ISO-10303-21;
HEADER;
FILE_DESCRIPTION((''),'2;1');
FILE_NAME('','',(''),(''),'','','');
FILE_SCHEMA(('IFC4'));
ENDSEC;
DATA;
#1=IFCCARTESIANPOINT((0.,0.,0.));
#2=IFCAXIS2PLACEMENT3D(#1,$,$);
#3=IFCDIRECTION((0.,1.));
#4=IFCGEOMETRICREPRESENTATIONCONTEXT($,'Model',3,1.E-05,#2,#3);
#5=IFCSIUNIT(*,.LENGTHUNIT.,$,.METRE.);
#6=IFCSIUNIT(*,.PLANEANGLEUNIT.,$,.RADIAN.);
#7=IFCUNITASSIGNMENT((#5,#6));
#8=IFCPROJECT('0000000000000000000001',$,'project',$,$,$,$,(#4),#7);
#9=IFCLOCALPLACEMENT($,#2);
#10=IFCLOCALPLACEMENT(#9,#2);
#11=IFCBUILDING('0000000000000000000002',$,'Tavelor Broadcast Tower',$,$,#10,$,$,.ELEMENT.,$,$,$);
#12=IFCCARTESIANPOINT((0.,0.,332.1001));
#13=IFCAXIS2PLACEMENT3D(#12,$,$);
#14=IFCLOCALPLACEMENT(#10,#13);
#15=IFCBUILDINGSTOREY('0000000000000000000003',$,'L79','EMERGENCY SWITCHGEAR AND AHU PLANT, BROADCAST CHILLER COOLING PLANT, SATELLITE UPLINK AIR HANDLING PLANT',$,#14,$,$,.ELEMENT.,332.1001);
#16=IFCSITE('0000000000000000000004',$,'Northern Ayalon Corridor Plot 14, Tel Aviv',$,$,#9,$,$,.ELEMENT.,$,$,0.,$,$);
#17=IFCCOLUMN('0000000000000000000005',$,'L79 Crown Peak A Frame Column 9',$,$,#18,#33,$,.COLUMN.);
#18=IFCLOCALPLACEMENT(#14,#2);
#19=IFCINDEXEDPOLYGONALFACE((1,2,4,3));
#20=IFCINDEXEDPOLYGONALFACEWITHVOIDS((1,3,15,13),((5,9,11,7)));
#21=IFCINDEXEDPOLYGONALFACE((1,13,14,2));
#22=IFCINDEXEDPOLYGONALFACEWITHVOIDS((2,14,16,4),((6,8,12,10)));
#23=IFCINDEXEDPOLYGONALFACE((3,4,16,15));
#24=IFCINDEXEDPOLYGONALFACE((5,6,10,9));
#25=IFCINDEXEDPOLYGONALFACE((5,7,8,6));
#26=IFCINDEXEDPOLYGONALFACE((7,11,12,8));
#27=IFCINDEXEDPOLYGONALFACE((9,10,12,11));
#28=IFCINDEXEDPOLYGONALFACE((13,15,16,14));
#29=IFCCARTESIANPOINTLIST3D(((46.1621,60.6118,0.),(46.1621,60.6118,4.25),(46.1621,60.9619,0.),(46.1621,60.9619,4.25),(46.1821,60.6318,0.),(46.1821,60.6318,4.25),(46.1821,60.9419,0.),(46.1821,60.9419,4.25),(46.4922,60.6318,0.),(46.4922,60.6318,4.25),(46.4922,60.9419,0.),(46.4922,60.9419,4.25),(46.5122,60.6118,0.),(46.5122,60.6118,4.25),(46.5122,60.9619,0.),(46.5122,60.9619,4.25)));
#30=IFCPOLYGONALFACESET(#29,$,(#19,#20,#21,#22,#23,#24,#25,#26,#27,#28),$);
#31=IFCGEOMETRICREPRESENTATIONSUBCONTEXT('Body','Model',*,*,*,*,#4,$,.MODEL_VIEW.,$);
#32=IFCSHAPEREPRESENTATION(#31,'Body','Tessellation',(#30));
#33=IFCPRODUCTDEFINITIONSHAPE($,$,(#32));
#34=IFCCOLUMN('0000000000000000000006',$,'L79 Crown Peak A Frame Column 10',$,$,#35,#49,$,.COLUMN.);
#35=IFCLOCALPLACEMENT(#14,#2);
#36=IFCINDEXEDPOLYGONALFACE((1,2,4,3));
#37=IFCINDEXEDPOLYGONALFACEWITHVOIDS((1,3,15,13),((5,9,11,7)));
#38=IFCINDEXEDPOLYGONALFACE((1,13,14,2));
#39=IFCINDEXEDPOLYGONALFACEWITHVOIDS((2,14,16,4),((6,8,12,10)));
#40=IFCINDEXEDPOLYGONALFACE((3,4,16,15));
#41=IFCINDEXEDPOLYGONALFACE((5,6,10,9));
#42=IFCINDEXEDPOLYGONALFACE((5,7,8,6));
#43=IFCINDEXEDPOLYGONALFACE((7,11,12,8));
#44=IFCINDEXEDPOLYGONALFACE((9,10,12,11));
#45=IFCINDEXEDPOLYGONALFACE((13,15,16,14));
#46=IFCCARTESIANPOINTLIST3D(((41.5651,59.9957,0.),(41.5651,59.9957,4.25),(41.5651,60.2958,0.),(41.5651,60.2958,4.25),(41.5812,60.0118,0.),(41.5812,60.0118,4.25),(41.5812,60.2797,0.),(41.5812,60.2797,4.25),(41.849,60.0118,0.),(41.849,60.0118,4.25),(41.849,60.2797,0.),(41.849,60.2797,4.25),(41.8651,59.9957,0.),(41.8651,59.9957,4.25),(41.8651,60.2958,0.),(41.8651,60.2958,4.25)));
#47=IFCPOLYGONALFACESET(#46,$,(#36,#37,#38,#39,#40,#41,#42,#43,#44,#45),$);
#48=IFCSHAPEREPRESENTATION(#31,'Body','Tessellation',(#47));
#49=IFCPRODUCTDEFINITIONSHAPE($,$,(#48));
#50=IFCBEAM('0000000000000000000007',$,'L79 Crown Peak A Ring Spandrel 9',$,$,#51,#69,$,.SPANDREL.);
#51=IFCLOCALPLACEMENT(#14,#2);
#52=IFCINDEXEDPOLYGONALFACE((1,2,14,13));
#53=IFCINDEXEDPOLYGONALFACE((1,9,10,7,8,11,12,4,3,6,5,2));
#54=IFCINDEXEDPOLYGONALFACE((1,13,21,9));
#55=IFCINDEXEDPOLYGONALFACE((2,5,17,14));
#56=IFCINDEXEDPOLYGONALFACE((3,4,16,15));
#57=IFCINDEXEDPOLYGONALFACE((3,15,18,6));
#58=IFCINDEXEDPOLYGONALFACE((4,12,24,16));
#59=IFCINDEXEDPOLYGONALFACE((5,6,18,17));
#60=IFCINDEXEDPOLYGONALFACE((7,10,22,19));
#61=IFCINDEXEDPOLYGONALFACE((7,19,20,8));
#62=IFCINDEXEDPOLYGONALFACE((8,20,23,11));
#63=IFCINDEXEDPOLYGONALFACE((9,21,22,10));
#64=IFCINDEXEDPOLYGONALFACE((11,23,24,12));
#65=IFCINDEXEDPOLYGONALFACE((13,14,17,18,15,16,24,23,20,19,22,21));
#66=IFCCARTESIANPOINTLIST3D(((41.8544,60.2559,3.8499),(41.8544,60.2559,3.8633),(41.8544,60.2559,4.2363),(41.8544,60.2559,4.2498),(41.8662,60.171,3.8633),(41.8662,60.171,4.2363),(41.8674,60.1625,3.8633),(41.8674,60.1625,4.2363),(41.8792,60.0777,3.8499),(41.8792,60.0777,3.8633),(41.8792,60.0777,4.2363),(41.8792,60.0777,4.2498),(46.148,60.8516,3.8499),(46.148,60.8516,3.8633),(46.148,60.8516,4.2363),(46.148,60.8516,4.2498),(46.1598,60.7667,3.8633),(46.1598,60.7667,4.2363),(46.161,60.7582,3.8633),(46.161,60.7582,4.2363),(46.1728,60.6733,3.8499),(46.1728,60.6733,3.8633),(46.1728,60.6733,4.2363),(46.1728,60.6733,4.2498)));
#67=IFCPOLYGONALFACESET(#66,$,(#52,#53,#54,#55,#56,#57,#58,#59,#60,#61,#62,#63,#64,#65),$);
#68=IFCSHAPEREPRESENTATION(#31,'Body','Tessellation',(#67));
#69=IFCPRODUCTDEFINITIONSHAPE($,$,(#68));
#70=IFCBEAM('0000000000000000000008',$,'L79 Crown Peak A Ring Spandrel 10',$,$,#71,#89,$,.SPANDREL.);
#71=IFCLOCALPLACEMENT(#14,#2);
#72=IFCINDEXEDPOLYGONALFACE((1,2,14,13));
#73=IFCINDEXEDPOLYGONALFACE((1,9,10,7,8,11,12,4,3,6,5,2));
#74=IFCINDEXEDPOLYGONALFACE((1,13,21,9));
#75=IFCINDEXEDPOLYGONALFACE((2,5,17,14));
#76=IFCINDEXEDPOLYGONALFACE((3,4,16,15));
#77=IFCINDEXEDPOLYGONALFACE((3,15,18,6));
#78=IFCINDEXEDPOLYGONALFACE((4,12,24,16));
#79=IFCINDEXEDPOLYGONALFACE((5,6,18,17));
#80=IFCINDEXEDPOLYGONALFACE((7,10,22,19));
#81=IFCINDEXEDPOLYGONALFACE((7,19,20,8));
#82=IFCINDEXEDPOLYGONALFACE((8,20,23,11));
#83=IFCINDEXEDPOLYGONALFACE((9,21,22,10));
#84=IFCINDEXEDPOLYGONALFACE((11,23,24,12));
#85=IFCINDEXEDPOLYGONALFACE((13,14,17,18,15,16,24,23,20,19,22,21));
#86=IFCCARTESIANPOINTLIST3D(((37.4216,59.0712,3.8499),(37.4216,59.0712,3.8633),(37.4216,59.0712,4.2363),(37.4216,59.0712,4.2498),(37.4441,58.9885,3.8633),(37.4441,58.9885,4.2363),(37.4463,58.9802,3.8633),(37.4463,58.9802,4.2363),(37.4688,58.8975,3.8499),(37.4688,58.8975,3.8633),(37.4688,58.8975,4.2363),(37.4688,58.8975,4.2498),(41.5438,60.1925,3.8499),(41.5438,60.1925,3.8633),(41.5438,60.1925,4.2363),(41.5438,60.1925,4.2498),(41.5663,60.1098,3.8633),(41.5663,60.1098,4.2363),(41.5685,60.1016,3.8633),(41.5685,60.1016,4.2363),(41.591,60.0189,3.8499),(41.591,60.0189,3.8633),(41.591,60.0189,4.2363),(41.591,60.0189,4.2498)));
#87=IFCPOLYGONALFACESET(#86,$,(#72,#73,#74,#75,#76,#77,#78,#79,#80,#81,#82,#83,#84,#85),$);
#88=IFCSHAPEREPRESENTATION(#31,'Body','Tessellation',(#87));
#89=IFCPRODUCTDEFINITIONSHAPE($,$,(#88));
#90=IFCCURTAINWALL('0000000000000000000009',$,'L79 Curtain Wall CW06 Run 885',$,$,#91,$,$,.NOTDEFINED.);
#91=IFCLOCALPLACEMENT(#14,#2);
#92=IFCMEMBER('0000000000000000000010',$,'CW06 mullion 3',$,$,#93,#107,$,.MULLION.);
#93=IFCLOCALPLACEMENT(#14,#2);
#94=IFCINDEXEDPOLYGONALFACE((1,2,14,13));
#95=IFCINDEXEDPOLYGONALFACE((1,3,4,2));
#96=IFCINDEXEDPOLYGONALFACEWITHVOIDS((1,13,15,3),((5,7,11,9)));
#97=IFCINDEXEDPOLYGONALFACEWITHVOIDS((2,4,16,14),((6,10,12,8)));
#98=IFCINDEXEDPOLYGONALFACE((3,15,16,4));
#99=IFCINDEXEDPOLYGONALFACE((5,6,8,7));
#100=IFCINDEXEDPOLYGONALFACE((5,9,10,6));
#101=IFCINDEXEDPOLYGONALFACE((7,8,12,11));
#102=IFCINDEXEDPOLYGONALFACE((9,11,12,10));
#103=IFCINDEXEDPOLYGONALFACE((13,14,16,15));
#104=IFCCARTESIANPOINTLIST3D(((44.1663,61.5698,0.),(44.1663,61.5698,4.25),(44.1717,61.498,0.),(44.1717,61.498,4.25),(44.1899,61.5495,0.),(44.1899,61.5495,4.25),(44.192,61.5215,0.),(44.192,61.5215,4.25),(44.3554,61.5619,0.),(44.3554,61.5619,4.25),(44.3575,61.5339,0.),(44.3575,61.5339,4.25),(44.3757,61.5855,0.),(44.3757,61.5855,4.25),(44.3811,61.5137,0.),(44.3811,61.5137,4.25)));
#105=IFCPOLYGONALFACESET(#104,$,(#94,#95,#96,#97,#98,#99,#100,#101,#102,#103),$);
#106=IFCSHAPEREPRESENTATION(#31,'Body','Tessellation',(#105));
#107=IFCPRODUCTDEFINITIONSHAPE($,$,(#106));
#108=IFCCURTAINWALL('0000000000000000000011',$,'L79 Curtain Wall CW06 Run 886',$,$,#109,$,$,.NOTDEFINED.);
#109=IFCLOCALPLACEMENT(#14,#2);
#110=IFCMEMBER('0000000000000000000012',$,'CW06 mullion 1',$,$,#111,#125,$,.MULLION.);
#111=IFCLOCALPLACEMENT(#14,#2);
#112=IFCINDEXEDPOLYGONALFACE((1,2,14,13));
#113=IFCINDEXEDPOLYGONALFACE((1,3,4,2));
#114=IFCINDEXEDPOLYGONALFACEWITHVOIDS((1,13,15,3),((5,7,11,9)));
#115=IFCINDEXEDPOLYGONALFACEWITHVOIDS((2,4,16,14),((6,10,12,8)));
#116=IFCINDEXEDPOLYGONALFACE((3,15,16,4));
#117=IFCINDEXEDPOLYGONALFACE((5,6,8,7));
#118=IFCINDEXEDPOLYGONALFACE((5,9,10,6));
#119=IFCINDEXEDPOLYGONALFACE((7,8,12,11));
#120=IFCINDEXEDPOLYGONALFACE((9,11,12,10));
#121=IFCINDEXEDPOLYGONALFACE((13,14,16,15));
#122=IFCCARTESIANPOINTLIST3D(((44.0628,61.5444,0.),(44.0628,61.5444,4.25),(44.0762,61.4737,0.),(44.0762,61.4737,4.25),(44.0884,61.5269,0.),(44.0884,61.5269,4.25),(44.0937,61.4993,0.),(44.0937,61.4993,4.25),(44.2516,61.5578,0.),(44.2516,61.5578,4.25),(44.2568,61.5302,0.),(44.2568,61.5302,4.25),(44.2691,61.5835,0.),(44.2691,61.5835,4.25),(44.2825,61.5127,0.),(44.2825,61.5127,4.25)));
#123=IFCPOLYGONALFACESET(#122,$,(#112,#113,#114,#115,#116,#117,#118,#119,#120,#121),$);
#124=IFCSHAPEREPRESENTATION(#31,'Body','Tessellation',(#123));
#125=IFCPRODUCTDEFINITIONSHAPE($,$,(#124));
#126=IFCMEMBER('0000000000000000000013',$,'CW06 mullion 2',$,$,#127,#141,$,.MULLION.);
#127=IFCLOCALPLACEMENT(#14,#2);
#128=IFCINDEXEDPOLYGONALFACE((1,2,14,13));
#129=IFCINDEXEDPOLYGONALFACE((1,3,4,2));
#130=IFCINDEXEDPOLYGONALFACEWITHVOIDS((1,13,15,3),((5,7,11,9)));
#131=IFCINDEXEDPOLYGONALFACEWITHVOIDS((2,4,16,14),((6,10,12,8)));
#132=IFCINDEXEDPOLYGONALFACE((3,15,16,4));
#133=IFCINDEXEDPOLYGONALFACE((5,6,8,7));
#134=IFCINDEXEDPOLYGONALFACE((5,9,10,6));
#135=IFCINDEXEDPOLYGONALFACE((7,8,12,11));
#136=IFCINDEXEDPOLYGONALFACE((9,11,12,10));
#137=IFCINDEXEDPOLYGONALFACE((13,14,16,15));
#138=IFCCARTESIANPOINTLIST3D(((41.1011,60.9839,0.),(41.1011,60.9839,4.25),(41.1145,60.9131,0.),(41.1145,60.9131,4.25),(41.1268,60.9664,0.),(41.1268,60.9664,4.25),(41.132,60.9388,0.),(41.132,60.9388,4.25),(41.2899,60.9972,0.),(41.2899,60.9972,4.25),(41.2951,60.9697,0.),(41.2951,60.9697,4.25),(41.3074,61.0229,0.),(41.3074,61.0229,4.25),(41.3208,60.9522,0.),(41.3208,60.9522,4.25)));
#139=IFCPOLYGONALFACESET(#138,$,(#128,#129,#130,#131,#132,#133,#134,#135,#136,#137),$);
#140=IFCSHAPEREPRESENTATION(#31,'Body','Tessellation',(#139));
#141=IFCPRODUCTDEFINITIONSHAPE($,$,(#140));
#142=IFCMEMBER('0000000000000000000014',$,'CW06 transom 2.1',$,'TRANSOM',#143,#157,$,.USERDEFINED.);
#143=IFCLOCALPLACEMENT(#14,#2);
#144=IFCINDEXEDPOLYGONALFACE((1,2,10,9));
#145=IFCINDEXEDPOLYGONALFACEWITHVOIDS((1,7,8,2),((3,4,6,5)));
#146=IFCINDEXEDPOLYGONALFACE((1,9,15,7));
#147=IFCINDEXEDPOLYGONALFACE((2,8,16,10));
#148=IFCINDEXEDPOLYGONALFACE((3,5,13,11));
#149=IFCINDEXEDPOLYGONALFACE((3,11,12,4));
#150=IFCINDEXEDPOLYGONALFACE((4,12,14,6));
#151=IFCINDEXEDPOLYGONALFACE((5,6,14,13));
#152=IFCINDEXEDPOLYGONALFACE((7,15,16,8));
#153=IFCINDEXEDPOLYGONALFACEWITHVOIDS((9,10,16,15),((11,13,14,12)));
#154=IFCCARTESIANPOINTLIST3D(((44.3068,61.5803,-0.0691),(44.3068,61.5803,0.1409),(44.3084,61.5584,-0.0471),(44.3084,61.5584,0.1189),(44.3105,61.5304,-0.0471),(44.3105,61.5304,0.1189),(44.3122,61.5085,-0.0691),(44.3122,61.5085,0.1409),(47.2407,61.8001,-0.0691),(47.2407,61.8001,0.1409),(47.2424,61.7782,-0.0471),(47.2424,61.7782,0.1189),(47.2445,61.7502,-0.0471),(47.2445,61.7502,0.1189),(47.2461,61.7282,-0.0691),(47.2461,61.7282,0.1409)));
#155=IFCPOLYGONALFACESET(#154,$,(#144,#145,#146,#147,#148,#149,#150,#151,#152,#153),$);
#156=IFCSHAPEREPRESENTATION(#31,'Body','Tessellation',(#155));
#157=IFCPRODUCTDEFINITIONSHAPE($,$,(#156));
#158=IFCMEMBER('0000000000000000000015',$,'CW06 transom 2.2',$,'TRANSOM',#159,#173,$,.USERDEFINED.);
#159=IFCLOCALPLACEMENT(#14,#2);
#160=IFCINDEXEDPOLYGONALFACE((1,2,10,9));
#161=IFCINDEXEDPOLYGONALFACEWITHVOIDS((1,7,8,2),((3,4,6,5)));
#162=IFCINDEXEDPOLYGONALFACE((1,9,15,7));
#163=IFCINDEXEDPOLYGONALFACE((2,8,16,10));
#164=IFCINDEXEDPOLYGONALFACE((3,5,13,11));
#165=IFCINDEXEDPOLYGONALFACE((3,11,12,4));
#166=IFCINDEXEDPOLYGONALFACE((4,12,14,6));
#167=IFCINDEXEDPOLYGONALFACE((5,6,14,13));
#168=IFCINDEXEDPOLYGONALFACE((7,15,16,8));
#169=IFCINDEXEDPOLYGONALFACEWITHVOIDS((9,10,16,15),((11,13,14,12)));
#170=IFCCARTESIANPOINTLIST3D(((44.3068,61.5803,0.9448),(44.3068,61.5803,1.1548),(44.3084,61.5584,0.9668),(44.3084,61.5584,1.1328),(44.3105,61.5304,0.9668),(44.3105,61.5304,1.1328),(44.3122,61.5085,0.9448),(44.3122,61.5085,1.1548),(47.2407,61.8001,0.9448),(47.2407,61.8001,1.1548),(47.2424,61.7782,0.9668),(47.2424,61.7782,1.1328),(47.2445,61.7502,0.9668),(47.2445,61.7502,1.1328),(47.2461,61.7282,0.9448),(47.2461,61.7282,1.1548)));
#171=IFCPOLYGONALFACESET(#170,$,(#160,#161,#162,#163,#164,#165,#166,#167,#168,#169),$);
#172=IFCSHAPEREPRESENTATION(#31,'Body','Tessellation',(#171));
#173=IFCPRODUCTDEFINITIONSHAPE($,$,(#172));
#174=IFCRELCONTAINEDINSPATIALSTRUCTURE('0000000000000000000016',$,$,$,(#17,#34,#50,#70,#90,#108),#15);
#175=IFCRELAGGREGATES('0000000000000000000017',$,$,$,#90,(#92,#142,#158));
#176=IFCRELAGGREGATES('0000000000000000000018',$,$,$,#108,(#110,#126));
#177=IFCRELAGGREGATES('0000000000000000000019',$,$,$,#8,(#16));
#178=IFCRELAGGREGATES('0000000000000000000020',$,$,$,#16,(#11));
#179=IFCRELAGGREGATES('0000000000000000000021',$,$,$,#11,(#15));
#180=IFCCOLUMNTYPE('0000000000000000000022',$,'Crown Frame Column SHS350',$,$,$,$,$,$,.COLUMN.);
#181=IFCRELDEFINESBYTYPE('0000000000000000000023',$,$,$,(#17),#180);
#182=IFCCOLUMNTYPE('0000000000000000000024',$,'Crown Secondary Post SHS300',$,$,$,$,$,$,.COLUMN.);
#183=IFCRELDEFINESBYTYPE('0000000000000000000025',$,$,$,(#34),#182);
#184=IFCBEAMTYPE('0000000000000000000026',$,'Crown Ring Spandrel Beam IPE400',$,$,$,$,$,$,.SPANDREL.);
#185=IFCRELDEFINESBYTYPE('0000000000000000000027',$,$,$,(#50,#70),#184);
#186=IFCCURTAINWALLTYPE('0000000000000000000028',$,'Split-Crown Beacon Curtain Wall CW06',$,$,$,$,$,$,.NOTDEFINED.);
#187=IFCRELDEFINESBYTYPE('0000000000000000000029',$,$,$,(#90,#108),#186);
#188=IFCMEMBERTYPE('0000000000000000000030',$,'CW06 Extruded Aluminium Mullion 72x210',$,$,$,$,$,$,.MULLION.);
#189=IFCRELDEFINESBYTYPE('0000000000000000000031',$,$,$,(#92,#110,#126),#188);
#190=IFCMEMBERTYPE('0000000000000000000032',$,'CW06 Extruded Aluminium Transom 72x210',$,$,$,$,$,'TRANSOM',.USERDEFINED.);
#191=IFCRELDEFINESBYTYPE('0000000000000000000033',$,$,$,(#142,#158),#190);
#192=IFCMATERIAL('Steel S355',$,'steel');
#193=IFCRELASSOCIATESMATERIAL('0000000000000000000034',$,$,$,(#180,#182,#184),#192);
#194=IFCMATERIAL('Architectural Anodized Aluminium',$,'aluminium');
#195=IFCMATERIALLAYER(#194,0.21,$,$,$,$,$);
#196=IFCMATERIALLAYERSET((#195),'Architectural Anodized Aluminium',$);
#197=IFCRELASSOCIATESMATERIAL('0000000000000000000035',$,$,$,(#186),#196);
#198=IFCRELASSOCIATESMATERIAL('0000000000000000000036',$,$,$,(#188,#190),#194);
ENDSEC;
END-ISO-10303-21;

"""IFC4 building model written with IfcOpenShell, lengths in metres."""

from ifc_helpers import new_model, si_unit, direction, frame, origin, origin_2d, place, context, subcontext, project, spatial, hollow_rectangle, i_section, extrude, source, transform, mapped, material, layer, layer_set, material_profile, profile_set, type_object, type_shapes, element, aggregate, save


model = new_model("IFC4")

# Units and contexts
model_context = context("Model", 3, precision=1e-05, world=origin(), true_north=direction((0.0, 1.0)))
body_context = subcontext(model_context, "Body", "Model", "MODEL_VIEW")
ifc_project = project(units=[si_unit("LENGTHUNIT", "METRE"), si_unit("PLANEANGLEUNIT", "RADIAN")], contexts=[model_context])

# Site, building, storey
site_placement = place(None, origin())
site = spatial("IfcSite", under=ifc_project, at=site_placement, Name="Northern Ayalon Corridor Plot 14, Tel Aviv", CompositionType="ELEMENT", RefElevation=0.0)
building_placement = place(site_placement, origin())
building = spatial("IfcBuilding", under=site, at=building_placement, Name="Tavelor Broadcast Tower", CompositionType="ELEMENT")
storey_placement = place(building_placement, frame((0.0, 0.0, 332.1001)))
storey = spatial("IfcBuildingStorey", under=building, at=storey_placement, Name="L79", Description="EMERGENCY SWITCHGEAR AND AHU PLANT, BROADCAST CHILLER COOLING PLANT, SATELLITE UPLINK AIR HANDLING PLANT", CompositionType="ELEMENT", Elevation=332.1001)

# Columns
ifc_material_1 = material(Name="Steel S355", Category="steel")
ifc_material_profile_1 = material_profile(ifc_material_1, hollow_rectangle(XDim=0.3501, YDim=0.3501, WallThickness=0.02, at=origin_2d()), Name="SHS 350x350x20")
ifc_profile_set_1 = profile_set([ifc_material_profile_1], Name="Steel S355")
column_type_1 = type_object("IfcColumnType", Name="Crown Frame Column SHS350", PredefinedType="COLUMN", material=ifc_profile_set_1)
column_1_placement = place(storey_placement, frame((46.3372, 60.7869, 0.0), z_axis=(0.0, 0.0, 1.0), x_axis=(1.0, 0.0, 0.0)))
element("IfcColumn", 1, at=column_1_placement, inside=storey, type_object=column_type_1, Name="L79 Crown Peak A Frame Column 9", PredefinedType="COLUMN", context=body_context, shape_type="SweptSolid", body=[
    extrude(hollow_rectangle(XDim=0.3501, YDim=0.3501, WallThickness=0.02, at=origin_2d()), origin(), (0.0, 0.0, 1.0), 4.25),
])
ifc_material_profile_2 = material_profile(ifc_material_1, hollow_rectangle(XDim=0.3, YDim=0.3, WallThickness=0.0161, at=origin_2d()), Name="SHS 300x300x16")
ifc_profile_set_2 = profile_set([ifc_material_profile_2], Name="Steel S355")
column_type_2 = type_object("IfcColumnType", Name="Crown Secondary Post SHS300", PredefinedType="COLUMN", material=ifc_profile_set_2)
column_2_placement = place(storey_placement, frame((41.7151, 60.1458, 0.0), z_axis=(0.0, 0.0, 1.0), x_axis=(1.0, 0.0, 0.0)))
element("IfcColumn", 2, at=column_2_placement, inside=storey, type_object=column_type_2, Name="L79 Crown Peak A Frame Column 10", PredefinedType="COLUMN", context=body_context, shape_type="SweptSolid", body=[
    extrude(hollow_rectangle(XDim=0.3, YDim=0.3, WallThickness=0.0161, at=origin_2d()), origin(), (0.0, 0.0, 1.0), 4.25),
])

# Beams
ifc_material_profile_3 = material_profile(ifc_material_1, i_section(OverallWidth=0.1799, OverallDepth=0.3999, WebThickness=0.0085, FlangeThickness=0.0134, at=origin_2d()), Name="IPE 400")
ifc_profile_set_3 = profile_set([ifc_material_profile_3], Name="Steel S355")
beam_type = type_object("IfcBeamType", Name="Crown Ring Spandrel Beam IPE400", PredefinedType="SPANDREL", material=ifc_profile_set_3)
beam_1_placement = place(storey_placement, frame((46.1604, 60.7625, 4.0498), z_axis=(-0.990513, -0.137423, 0.0), x_axis=(0.137423, -0.990513, 0.0)))
element("IfcBeam", 3, at=beam_1_placement, inside=storey, type_object=beam_type, Name="L79 Crown Peak A Ring Spandrel 9", PredefinedType="SPANDREL", context=body_context, shape_type="SweptSolid", body=[
    extrude(i_section(OverallWidth=0.1799, OverallDepth=0.3999, WebThickness=0.0085, FlangeThickness=0.0134, at=origin_2d()), origin(), (0.0, 0.0, 1.0), 4.3347),
])
beam_2_placement = place(storey_placement, frame((41.5674, 60.1057, 4.0498), z_axis=(-0.964934, -0.262494, 0.0), x_axis=(0.262494, -0.964934, 0.0)))
element("IfcBeam", 4, at=beam_2_placement, inside=storey, type_object=beam_type, Name="L79 Crown Peak A Ring Spandrel 10", PredefinedType="SPANDREL", context=body_context, shape_type="SweptSolid", body=[
    extrude(i_section(OverallWidth=0.1799, OverallDepth=0.3999, WebThickness=0.0085, FlangeThickness=0.0134, at=origin_2d()), origin(), (0.0, 0.0, 1.0), 4.272),
])

# Curtain wall, member
ifc_material_2 = material(Name="Architectural Anodized Aluminium", Category="aluminium")
ifc_layer_1 = layer(ifc_material_2, 0.21)
ifc_layer_set_1 = layer_set([ifc_layer_1], Name="Architectural Anodized Aluminium")
curtain_wall_type = type_object("IfcCurtainWallType", Name="Split-Crown Beacon Curtain Wall CW06", PredefinedType="NOTDEFINED", material=ifc_layer_set_1)
curtain_wall_1_placement = place(storey_placement, origin())
curtain_wall_1 = element("IfcCurtainWall", 5, at=curtain_wall_1_placement, inside=storey, type_object=curtain_wall_type, Name="L79 Curtain Wall CW06 Run 885", PredefinedType="NOTDEFINED")
ifc_material_profile_4 = material_profile(ifc_material_2, hollow_rectangle(XDim=0.072, YDim=0.21, WallThickness=0.022, at=origin_2d()), Name="RHS 72x210x22")
ifc_profile_set_4 = profile_set([ifc_material_profile_4], Name="Architectural Anodized Aluminium")
member_type_1 = type_object("IfcMemberType", Name="CW06 Extruded Aluminium Mullion 72x210", PredefinedType="MULLION", material=ifc_profile_set_4)
shared_shape_1 = source(origin(), body_context, "Body", "SweptSolid", [
    extrude(hollow_rectangle(XDim=0.072, YDim=0.21, WallThickness=0.022, at=origin_2d()), origin(), (0.0, 0.0, 1.0), 4.25),
])
type_shapes(member_type_1, [shared_shape_1])
member_1_placement = place(storey_placement, frame((44.2737, 61.5417, 0.0), z_axis=(0.0, 0.0, 1.0), x_axis=(0.074701, -0.997206, 0.0)))
member_1 = element("IfcMember", 6, at=member_1_placement, type_object=member_type_1, Name="CW06 mullion 3", PredefinedType="MULLION", context=body_context, shape_type="MappedRepresentation", body=[
    mapped(shared_shape_1, transform((0.0, 0.0, 0.0), scale=1.0)),
])

# Curtain wall, members
curtain_wall_2_placement = place(storey_placement, origin())
curtain_wall_2 = element("IfcCurtainWall", 7, at=curtain_wall_2_placement, inside=storey, type_object=curtain_wall_type, Name="L79 Curtain Wall CW06 Run 886", PredefinedType="NOTDEFINED")
member_2_placement = place(storey_placement, frame((44.1726, 61.5286, 0.0), z_axis=(0.0, 0.0, 1.0), x_axis=(0.185942, -0.982561, 0.0)))
member_2 = element("IfcMember", 8, at=member_2_placement, type_object=member_type_1, Name="CW06 mullion 1", PredefinedType="MULLION", context=body_context, shape_type="MappedRepresentation", body=[
    mapped(shared_shape_1, transform((0.0, 0.0, 0.0), scale=1.0)),
])
member_3_placement = place(storey_placement, frame((41.2109, 60.968, 0.0), z_axis=(0.0, 0.0, 1.0), x_axis=(0.185942, -0.982561, 0.0)))
member_3 = element("IfcMember", 9, at=member_3_placement, type_object=member_type_1, Name="CW06 mullion 2", PredefinedType="MULLION", context=body_context, shape_type="MappedRepresentation", body=[
    mapped(shared_shape_1, transform((0.0, 0.0, 0.0), scale=1.0)),
])

# Members
ifc_material_profile_5 = material_profile(ifc_material_2, hollow_rectangle(XDim=0.072, YDim=0.21, WallThickness=0.022, at=origin_2d()), Name="RHS 72x210x22")
ifc_profile_set_5 = profile_set([ifc_material_profile_5], Name="Architectural Anodized Aluminium")
member_type_2 = type_object("IfcMemberType", Name="CW06 Extruded Aluminium Transom 72x210", ElementType="TRANSOM", PredefinedType="USERDEFINED", material=ifc_profile_set_5)
shared_shape_2 = source(origin(), body_context, "Body", "SweptSolid", [
    extrude(hollow_rectangle(XDim=0.072, YDim=0.21, WallThickness=0.022, at=origin_2d()), origin(), (0.0, 0.0, 1.0), 2.9421),
])
type_shapes(member_type_2, [shared_shape_2])
member_4_placement = place(storey_placement, frame((47.2434, 61.7642, 0.0359), z_axis=(-0.997207, -0.074685, 0.0), x_axis=(0.074685, -0.997207, 0.0)))
member_4 = element("IfcMember", 10, at=member_4_placement, type_object=member_type_2, Name="CW06 transom 2.1", ObjectType="TRANSOM", PredefinedType="USERDEFINED", context=body_context, shape_type="MappedRepresentation", body=[
    mapped(shared_shape_2, transform((0.0, 0.0, 0.0), scale=1.0)),
])
member_5_placement = place(storey_placement, frame((47.2434, 61.7642, 1.0498), z_axis=(-0.997207, -0.074685, 0.0), x_axis=(0.074685, -0.997207, 0.0)))
member_5 = element("IfcMember", 11, at=member_5_placement, type_object=member_type_2, Name="CW06 transom 2.2", ObjectType="TRANSOM", PredefinedType="USERDEFINED", context=body_context, shape_type="MappedRepresentation", body=[
    mapped(shared_shape_2, transform((0.0, 0.0, 0.0), scale=1.0)),
])

aggregate(curtain_wall_1, [member_1, member_4, member_5])
aggregate(curtain_wall_2, [member_2, member_3])

save(model, "model.ifc")
